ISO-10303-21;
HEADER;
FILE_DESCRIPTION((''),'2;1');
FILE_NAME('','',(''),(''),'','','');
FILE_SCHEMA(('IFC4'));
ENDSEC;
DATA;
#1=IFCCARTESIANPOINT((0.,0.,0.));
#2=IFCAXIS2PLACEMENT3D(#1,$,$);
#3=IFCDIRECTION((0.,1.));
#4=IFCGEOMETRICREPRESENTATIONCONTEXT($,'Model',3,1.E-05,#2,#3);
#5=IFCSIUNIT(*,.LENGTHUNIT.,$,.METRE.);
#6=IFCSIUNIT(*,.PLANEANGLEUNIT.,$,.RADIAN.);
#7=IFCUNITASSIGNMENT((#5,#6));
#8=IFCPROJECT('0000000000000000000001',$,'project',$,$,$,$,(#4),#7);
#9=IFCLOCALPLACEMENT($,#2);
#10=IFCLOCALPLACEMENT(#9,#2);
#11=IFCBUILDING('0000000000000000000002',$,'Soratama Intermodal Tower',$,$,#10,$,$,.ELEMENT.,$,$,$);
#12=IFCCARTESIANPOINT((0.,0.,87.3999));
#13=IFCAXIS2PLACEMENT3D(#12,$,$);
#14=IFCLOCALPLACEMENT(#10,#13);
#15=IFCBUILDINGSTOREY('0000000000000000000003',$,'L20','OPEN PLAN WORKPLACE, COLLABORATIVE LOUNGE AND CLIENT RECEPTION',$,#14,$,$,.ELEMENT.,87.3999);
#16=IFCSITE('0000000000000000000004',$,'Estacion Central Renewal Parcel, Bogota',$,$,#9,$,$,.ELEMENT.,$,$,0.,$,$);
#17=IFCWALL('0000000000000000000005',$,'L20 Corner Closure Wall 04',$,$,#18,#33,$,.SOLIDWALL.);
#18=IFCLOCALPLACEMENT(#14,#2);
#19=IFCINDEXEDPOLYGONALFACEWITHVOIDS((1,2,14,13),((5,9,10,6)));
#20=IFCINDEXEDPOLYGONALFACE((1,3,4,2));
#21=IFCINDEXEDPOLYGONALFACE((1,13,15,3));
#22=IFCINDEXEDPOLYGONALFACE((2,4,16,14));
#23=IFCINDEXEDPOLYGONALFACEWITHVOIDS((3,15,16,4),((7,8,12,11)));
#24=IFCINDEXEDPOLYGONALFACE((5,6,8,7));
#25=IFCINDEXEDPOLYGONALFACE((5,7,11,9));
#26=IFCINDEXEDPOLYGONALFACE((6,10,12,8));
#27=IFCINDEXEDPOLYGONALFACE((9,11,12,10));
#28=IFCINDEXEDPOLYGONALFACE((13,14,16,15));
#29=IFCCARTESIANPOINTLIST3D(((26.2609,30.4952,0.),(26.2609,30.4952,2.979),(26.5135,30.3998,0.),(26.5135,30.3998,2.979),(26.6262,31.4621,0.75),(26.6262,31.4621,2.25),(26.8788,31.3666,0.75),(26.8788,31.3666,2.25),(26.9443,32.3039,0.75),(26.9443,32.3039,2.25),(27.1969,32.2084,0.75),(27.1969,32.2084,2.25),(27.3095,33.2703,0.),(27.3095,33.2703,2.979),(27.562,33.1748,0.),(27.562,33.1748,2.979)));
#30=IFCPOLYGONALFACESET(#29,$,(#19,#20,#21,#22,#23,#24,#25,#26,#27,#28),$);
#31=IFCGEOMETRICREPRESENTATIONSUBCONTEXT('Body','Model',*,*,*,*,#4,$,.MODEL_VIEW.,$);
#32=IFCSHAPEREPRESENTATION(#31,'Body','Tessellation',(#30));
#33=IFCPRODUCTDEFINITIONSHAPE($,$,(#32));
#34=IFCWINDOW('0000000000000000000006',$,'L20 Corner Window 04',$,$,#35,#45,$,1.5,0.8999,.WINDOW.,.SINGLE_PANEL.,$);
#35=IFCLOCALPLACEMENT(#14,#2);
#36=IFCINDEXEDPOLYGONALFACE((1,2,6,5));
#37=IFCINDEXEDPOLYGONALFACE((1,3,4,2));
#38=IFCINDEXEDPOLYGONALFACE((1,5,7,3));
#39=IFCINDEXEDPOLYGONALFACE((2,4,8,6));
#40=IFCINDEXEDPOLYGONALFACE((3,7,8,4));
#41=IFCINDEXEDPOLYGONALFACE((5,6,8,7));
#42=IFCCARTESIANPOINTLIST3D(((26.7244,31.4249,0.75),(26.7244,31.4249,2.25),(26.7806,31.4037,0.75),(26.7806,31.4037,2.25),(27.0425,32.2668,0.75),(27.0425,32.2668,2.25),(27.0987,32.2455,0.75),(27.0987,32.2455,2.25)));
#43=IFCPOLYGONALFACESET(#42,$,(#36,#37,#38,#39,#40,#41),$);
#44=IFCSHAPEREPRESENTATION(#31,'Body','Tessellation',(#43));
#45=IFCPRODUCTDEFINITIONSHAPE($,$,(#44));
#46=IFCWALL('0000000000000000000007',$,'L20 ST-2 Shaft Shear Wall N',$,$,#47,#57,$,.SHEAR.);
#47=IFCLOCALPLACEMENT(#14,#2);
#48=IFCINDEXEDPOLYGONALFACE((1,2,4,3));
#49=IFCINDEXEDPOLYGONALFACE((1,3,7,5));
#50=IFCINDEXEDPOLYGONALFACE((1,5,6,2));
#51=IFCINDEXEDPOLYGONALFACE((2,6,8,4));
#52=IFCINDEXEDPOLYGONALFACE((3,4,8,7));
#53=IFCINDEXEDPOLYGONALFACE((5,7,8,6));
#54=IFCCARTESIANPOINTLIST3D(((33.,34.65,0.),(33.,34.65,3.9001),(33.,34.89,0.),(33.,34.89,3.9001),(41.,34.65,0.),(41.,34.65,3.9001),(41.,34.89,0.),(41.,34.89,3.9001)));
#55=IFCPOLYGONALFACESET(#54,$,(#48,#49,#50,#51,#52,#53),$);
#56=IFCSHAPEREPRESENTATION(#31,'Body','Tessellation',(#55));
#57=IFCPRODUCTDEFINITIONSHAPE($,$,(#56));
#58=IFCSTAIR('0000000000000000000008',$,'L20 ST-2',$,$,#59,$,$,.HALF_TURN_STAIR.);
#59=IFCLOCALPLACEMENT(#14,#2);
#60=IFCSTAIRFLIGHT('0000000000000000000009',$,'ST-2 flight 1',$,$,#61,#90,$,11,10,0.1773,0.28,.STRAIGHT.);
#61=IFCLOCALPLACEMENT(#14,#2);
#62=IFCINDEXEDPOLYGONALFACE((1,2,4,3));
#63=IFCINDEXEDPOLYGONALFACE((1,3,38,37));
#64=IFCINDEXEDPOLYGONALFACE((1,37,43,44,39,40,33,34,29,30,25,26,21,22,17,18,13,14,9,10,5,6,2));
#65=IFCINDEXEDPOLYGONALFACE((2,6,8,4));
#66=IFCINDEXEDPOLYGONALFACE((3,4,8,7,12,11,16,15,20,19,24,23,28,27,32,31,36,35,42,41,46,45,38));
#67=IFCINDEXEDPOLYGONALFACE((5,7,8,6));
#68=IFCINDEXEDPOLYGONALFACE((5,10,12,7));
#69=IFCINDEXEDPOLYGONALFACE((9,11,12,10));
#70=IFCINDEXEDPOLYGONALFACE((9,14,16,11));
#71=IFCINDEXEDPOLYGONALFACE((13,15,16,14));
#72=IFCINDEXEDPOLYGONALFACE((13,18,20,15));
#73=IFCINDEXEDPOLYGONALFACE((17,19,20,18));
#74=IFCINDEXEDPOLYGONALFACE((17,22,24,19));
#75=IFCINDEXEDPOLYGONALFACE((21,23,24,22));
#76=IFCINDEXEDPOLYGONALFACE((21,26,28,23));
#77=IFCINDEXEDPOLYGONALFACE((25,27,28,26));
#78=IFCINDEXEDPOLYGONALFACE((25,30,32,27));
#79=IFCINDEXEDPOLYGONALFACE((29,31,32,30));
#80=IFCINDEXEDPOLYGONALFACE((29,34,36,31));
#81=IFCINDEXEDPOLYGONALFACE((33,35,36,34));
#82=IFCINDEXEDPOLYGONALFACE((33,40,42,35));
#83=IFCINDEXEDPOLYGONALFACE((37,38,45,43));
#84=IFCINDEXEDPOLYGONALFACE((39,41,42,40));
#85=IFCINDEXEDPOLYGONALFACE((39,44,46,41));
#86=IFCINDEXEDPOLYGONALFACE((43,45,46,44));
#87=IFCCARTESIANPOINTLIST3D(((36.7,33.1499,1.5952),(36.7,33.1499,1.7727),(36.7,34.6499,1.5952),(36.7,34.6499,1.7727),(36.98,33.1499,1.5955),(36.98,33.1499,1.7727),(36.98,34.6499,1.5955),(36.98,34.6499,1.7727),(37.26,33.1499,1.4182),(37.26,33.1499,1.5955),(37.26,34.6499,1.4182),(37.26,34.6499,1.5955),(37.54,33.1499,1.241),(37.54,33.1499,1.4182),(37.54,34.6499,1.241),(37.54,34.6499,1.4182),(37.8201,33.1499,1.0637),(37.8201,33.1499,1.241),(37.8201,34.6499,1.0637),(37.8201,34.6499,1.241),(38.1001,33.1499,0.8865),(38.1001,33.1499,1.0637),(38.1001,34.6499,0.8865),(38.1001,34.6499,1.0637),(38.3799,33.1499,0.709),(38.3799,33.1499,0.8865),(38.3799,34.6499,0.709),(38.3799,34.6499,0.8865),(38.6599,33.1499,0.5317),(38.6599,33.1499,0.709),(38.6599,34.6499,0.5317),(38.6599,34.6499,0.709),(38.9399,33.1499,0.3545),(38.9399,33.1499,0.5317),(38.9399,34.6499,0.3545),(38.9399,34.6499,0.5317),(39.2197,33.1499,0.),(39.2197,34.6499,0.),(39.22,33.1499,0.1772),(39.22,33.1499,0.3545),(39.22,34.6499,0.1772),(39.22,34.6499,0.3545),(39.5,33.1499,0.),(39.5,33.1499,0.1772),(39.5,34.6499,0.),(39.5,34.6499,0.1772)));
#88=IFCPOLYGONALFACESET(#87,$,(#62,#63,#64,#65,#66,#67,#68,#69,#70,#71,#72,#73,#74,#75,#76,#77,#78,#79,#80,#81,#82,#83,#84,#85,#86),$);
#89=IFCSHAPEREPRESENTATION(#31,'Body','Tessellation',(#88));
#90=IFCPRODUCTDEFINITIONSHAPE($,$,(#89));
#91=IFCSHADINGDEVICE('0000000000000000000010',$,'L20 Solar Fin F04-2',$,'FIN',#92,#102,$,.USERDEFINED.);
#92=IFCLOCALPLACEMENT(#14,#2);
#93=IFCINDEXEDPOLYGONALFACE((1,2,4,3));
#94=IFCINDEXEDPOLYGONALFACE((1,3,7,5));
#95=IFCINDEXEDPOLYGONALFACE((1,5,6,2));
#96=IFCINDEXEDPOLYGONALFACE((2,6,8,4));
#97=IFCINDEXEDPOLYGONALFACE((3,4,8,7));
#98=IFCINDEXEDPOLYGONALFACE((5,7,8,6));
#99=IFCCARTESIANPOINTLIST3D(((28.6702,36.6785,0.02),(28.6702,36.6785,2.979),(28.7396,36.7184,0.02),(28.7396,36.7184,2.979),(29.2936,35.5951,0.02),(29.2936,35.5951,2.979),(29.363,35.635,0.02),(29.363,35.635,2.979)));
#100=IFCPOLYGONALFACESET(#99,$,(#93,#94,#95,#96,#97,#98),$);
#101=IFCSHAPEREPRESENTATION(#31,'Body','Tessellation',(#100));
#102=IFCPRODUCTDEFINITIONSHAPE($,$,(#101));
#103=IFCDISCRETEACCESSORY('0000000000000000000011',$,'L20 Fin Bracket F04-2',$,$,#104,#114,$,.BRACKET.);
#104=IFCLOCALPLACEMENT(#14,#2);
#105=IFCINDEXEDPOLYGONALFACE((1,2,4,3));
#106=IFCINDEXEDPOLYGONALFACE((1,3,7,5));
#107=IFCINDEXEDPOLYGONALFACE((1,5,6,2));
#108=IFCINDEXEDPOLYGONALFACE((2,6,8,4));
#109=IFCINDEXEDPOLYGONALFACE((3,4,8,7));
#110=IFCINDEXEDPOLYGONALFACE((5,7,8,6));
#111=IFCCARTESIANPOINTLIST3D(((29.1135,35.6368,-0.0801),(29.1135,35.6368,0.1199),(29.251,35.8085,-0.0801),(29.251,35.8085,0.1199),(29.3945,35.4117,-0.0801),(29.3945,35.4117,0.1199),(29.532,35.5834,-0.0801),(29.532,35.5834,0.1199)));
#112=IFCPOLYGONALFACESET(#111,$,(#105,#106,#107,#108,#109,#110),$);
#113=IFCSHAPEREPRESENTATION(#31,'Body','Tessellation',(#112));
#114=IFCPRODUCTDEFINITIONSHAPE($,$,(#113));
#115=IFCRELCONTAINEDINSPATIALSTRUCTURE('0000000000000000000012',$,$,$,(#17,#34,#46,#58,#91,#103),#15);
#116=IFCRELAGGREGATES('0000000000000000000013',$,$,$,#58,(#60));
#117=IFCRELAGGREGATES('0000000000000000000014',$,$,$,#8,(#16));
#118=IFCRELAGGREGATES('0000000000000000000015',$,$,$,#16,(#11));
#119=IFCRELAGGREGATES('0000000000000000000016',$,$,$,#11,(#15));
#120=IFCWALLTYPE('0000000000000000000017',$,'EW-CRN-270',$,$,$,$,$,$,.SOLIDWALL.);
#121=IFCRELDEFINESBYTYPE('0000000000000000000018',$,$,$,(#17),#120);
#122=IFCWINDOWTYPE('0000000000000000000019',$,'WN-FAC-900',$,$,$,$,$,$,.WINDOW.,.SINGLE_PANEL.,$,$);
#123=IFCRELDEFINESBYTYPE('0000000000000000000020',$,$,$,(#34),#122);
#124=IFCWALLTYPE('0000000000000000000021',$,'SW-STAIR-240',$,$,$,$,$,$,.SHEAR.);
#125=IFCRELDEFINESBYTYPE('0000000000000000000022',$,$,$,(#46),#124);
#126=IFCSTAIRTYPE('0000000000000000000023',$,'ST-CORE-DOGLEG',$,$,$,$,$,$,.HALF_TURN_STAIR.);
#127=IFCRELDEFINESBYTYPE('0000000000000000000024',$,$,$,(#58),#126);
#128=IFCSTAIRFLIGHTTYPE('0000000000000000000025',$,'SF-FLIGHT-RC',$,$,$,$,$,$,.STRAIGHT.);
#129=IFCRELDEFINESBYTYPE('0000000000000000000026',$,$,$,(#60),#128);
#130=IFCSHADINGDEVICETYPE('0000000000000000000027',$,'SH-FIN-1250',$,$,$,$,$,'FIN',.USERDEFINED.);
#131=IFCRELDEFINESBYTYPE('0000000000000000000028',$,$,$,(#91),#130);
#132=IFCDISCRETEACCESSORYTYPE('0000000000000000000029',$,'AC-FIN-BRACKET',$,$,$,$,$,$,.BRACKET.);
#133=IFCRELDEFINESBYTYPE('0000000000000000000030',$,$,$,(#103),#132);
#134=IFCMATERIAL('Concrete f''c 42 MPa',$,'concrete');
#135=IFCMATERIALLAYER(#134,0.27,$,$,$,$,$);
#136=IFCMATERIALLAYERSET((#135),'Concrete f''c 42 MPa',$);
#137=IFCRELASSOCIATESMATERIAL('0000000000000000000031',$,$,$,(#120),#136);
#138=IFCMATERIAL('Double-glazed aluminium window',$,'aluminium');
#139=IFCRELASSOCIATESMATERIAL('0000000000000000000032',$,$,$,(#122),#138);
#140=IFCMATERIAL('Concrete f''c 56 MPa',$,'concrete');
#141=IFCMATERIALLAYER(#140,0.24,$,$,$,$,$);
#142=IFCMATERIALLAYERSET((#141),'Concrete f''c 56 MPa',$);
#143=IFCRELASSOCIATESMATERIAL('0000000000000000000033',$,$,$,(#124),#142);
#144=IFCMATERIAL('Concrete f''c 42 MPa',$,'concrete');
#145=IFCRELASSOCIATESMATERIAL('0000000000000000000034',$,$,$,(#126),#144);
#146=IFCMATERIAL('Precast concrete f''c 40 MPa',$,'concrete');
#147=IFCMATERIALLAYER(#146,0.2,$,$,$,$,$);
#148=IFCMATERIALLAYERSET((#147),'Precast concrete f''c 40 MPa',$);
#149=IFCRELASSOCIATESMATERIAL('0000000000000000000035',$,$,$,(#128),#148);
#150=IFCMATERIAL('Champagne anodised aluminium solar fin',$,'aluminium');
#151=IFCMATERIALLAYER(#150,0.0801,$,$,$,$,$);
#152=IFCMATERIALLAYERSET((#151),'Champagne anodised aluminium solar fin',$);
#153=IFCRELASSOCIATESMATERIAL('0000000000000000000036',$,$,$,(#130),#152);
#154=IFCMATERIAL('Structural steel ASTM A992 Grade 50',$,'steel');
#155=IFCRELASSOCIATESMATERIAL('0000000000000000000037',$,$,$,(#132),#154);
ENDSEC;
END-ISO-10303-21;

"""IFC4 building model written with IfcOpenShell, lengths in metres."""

from ifc_helpers import new_model, si_unit, direction, frame, frame_2d, origin, origin_2d, place, context, subcontext, project, spatial, polyline, rectangle, outline, extrude, material, layer, layer_set, type_object, element, fill, aggregate, save


model = new_model("IFC4")

# Units and contexts
model_context = context("Model", 3, precision=1e-05, world=origin(), true_north=direction((0.0, 1.0)))
body_context = subcontext(model_context, "Body", "Model", "MODEL_VIEW")
ifc_project = project(units=[si_unit("LENGTHUNIT", "METRE"), si_unit("PLANEANGLEUNIT", "RADIAN")], contexts=[model_context])

# Site, building, storey
site_placement = place(None, origin())
site = spatial("IfcSite", under=ifc_project, at=site_placement, Name="Estacion Central Renewal Parcel, Bogota", CompositionType="ELEMENT", RefElevation=0.0)
building_placement = place(site_placement, origin())
building = spatial("IfcBuilding", under=site, at=building_placement, Name="Soratama Intermodal Tower", CompositionType="ELEMENT")
storey_placement = place(building_placement, frame((0.0, 0.0, 87.3999)))
storey = spatial("IfcBuildingStorey", under=building, at=storey_placement, Name="L20", Description="OPEN PLAN WORKPLACE, COLLABORATIVE LOUNGE AND CLIENT RECEPTION", CompositionType="ELEMENT", Elevation=87.3999)

# Wall, opening, window
ifc_material_1 = material(Name="Concrete f'c 42 MPa", Category="concrete")
ifc_layer_1 = layer(ifc_material_1, 0.27)
ifc_layer_set_1 = layer_set([ifc_layer_1], Name="Concrete f'c 42 MPa")
wall_type_1 = type_object("IfcWallType", Name="EW-CRN-270", PredefinedType="SOLIDWALL", material=ifc_layer_set_1)
wall_1_placement = place(storey_placement, frame((27.4358, 33.2227, 0.0), z_axis=(0.0, 0.0, 1.0), x_axis=(-0.353458, -0.93545, 0.0)))
wall_1 = element("IfcWall", 1, at=wall_1_placement, inside=storey, type_object=wall_type_1, Name="L20 Corner Closure Wall 04", PredefinedType="SOLIDWALL", context=body_context, shape_type="SweptSolid", body=[
    extrude(rectangle(XDim=2.9666, YDim=0.27, at=frame_2d((1.4834, 0.0))), origin(), (0.0, 0.0, 1.0), 2.979),
])
opening_1_placement = place(wall_1_placement, frame((1.0332, 0.0, 0.75)))
opening_1 = element("IfcOpeningElement", 2, at=opening_1_placement, cuts=wall_1, PredefinedType="OPENING", context=body_context, shape_type="SweptSolid", body=[
    extrude(rectangle(XDim=0.8999, YDim=1.5, at=frame_2d((0.45, 0.75))), frame((0.0, 0.145, 0.0), z_axis=(0.0, -1.0, 0.0), x_axis=(1.0, 0.0, 0.0)), (0.0, 0.0, 1.0), 0.29),
])
ifc_material_2 = material(Name="Double-glazed aluminium window", Category="aluminium")
window_type = type_object("IfcWindowType", Name="WN-FAC-900", PartitioningType="SINGLE_PANEL", PredefinedType="WINDOW", material=ifc_material_2)
window_placement = place(opening_1_placement, origin())
window = element("IfcWindow", 3, at=window_placement, inside=storey, type_object=window_type, Name="L20 Corner Window 04", OverallHeight=1.5, OverallWidth=0.8999, PartitioningType="SINGLE_PANEL", PredefinedType="WINDOW", context=body_context, shape_type="SweptSolid", body=[
    extrude(rectangle(XDim=0.8999, YDim=1.5, at=frame_2d((0.45, 0.75))), frame((0.0, 0.03, 0.0), z_axis=(0.0, -1.0, 0.0), x_axis=(1.0, 0.0, 0.0)), (0.0, 0.0, 1.0), 0.0601),
])
fill(opening_1, window)

# Wall
ifc_material_3 = material(Name="Concrete f'c 56 MPa", Category="concrete")
ifc_layer_2 = layer(ifc_material_3, 0.24)
ifc_layer_set_2 = layer_set([ifc_layer_2], Name="Concrete f'c 56 MPa")
wall_type_2 = type_object("IfcWallType", Name="SW-STAIR-240", PredefinedType="SHEAR", material=ifc_layer_set_2)
wall_2_placement = place(storey_placement, frame((33.0, 34.77, 0.0), z_axis=(0.0, 0.0, 1.0), x_axis=(1.0, 0.0, 0.0)))
element("IfcWall", 4, at=wall_2_placement, inside=storey, type_object=wall_type_2, Name="L20 ST-2 Shaft Shear Wall N", PredefinedType="SHEAR", context=body_context, shape_type="SweptSolid", body=[
    extrude(rectangle(XDim=8.0, YDim=0.24, at=frame_2d((4.0, 0.0))), origin(), (0.0, 0.0, 1.0), 3.9001),
])

# Stair, stair flight
ifc_material_4 = material(Name="Concrete f'c 42 MPa", Category="concrete")
stair_type = type_object("IfcStairType", Name="ST-CORE-DOGLEG", PredefinedType="HALF_TURN_STAIR", material=ifc_material_4)
stair_placement = place(storey_placement, origin())
stair = element("IfcStair", 5, at=stair_placement, inside=storey, type_object=stair_type, Name="L20 ST-2", PredefinedType="HALF_TURN_STAIR")
ifc_material_5 = material(Name="Precast concrete f'c 40 MPa", Category="concrete")
ifc_layer_3 = layer(ifc_material_5, 0.2)
ifc_layer_set_3 = layer_set([ifc_layer_3], Name="Precast concrete f'c 40 MPa")
stair_flight_type = type_object("IfcStairFlightType", Name="SF-FLIGHT-RC", PredefinedType="STRAIGHT", material=ifc_layer_set_3)
stair_flight_placement = place(storey_placement, frame((39.5, 33.8999, 0.0), z_axis=(0.0, 0.0, 1.0), x_axis=(-1.0, 0.0, 0.0)))
stair_flight = element("IfcStairFlight", 6, at=stair_flight_placement, type_object=stair_flight_type, Name="ST-2 flight 1", NumberOfRisers=11, NumberOfTreads=10, PredefinedType="STRAIGHT", RiserHeight=0.1773, TreadLength=0.28, context=body_context, shape_type="SweptSolid", body=[
    extrude(outline(polyline([(0.0, 0.0), (0.0, 0.1772), (0.28, 0.1772), (0.28, 0.3545), (0.5601, 0.3545), (0.5601, 0.5317), (0.8401, 0.5317), (0.8401, 0.709), (1.1201, 0.709), (1.1201, 0.8865), (1.3999, 0.8865), (1.3999, 1.0637), (1.6799, 1.0637), (1.6799, 1.241), (1.96, 1.241), (1.96, 1.4182), (2.24, 1.4182), (2.24, 1.5955), (2.52, 1.5955), (2.52, 1.7727), (2.8, 1.7727), (2.8, 1.95), (2.8, 1.5952), (0.2803, 0.0), (0.0, 0.0)])), frame((0.0, 0.75, 0.0), z_axis=(0.0, -1.0, 0.0), x_axis=(1.0, 0.0, 0.0)), (0.0, 0.0, 1.0), 1.5),
])
aggregate(stair, [stair_flight])

# Shading device
ifc_material_6 = material(Name="Champagne anodised aluminium solar fin", Category="aluminium")
ifc_layer_4 = layer(ifc_material_6, 0.0801)
ifc_layer_set_4 = layer_set([ifc_layer_4], Name="Champagne anodised aluminium solar fin")
shading_device_type = type_object("IfcShadingDeviceType", Name="SH-FIN-1250", ElementType="FIN", PredefinedType="USERDEFINED", material=ifc_layer_set_4)
shading_device_placement = place(storey_placement, frame((29.0166, 36.1567, 0.02), z_axis=(0.0, 0.0, 1.0), x_axis=(-0.49879, 0.866723, 0.0)))
element("IfcShadingDevice", 7, at=shading_device_placement, inside=storey, type_object=shading_device_type, Name="L20 Solar Fin F04-2", ObjectType="FIN", PredefinedType="USERDEFINED", context=body_context, shape_type="SweptSolid", body=[
    extrude(rectangle(XDim=1.25, YDim=0.0801, at=origin_2d()), origin(), (0.0, 0.0, 1.0), 2.959),
])

# Discrete accessory
ifc_material_7 = material(Name="Structural steel ASTM A992 Grade 50", Category="steel")
discrete_accessory_type = type_object("IfcDiscreteAccessoryType", Name="AC-FIN-BRACKET", PredefinedType="BRACKET", material=ifc_material_7)
discrete_accessory_placement = place(storey_placement, frame((29.3228, 35.6101, -0.0801), z_axis=(0.0, 0.0, 1.0), x_axis=(-0.78043, 0.625243, 0.0)))
element("IfcDiscreteAccessory", 8, at=discrete_accessory_placement, inside=storey, type_object=discrete_accessory_type, Name="L20 Fin Bracket F04-2", PredefinedType="BRACKET", context=body_context, shape_type="SweptSolid", body=[
    extrude(rectangle(XDim=0.3601, YDim=0.22, at=origin_2d()), origin(), (0.0, 0.0, 1.0), 0.2),
])

save(model, "model.ifc")
